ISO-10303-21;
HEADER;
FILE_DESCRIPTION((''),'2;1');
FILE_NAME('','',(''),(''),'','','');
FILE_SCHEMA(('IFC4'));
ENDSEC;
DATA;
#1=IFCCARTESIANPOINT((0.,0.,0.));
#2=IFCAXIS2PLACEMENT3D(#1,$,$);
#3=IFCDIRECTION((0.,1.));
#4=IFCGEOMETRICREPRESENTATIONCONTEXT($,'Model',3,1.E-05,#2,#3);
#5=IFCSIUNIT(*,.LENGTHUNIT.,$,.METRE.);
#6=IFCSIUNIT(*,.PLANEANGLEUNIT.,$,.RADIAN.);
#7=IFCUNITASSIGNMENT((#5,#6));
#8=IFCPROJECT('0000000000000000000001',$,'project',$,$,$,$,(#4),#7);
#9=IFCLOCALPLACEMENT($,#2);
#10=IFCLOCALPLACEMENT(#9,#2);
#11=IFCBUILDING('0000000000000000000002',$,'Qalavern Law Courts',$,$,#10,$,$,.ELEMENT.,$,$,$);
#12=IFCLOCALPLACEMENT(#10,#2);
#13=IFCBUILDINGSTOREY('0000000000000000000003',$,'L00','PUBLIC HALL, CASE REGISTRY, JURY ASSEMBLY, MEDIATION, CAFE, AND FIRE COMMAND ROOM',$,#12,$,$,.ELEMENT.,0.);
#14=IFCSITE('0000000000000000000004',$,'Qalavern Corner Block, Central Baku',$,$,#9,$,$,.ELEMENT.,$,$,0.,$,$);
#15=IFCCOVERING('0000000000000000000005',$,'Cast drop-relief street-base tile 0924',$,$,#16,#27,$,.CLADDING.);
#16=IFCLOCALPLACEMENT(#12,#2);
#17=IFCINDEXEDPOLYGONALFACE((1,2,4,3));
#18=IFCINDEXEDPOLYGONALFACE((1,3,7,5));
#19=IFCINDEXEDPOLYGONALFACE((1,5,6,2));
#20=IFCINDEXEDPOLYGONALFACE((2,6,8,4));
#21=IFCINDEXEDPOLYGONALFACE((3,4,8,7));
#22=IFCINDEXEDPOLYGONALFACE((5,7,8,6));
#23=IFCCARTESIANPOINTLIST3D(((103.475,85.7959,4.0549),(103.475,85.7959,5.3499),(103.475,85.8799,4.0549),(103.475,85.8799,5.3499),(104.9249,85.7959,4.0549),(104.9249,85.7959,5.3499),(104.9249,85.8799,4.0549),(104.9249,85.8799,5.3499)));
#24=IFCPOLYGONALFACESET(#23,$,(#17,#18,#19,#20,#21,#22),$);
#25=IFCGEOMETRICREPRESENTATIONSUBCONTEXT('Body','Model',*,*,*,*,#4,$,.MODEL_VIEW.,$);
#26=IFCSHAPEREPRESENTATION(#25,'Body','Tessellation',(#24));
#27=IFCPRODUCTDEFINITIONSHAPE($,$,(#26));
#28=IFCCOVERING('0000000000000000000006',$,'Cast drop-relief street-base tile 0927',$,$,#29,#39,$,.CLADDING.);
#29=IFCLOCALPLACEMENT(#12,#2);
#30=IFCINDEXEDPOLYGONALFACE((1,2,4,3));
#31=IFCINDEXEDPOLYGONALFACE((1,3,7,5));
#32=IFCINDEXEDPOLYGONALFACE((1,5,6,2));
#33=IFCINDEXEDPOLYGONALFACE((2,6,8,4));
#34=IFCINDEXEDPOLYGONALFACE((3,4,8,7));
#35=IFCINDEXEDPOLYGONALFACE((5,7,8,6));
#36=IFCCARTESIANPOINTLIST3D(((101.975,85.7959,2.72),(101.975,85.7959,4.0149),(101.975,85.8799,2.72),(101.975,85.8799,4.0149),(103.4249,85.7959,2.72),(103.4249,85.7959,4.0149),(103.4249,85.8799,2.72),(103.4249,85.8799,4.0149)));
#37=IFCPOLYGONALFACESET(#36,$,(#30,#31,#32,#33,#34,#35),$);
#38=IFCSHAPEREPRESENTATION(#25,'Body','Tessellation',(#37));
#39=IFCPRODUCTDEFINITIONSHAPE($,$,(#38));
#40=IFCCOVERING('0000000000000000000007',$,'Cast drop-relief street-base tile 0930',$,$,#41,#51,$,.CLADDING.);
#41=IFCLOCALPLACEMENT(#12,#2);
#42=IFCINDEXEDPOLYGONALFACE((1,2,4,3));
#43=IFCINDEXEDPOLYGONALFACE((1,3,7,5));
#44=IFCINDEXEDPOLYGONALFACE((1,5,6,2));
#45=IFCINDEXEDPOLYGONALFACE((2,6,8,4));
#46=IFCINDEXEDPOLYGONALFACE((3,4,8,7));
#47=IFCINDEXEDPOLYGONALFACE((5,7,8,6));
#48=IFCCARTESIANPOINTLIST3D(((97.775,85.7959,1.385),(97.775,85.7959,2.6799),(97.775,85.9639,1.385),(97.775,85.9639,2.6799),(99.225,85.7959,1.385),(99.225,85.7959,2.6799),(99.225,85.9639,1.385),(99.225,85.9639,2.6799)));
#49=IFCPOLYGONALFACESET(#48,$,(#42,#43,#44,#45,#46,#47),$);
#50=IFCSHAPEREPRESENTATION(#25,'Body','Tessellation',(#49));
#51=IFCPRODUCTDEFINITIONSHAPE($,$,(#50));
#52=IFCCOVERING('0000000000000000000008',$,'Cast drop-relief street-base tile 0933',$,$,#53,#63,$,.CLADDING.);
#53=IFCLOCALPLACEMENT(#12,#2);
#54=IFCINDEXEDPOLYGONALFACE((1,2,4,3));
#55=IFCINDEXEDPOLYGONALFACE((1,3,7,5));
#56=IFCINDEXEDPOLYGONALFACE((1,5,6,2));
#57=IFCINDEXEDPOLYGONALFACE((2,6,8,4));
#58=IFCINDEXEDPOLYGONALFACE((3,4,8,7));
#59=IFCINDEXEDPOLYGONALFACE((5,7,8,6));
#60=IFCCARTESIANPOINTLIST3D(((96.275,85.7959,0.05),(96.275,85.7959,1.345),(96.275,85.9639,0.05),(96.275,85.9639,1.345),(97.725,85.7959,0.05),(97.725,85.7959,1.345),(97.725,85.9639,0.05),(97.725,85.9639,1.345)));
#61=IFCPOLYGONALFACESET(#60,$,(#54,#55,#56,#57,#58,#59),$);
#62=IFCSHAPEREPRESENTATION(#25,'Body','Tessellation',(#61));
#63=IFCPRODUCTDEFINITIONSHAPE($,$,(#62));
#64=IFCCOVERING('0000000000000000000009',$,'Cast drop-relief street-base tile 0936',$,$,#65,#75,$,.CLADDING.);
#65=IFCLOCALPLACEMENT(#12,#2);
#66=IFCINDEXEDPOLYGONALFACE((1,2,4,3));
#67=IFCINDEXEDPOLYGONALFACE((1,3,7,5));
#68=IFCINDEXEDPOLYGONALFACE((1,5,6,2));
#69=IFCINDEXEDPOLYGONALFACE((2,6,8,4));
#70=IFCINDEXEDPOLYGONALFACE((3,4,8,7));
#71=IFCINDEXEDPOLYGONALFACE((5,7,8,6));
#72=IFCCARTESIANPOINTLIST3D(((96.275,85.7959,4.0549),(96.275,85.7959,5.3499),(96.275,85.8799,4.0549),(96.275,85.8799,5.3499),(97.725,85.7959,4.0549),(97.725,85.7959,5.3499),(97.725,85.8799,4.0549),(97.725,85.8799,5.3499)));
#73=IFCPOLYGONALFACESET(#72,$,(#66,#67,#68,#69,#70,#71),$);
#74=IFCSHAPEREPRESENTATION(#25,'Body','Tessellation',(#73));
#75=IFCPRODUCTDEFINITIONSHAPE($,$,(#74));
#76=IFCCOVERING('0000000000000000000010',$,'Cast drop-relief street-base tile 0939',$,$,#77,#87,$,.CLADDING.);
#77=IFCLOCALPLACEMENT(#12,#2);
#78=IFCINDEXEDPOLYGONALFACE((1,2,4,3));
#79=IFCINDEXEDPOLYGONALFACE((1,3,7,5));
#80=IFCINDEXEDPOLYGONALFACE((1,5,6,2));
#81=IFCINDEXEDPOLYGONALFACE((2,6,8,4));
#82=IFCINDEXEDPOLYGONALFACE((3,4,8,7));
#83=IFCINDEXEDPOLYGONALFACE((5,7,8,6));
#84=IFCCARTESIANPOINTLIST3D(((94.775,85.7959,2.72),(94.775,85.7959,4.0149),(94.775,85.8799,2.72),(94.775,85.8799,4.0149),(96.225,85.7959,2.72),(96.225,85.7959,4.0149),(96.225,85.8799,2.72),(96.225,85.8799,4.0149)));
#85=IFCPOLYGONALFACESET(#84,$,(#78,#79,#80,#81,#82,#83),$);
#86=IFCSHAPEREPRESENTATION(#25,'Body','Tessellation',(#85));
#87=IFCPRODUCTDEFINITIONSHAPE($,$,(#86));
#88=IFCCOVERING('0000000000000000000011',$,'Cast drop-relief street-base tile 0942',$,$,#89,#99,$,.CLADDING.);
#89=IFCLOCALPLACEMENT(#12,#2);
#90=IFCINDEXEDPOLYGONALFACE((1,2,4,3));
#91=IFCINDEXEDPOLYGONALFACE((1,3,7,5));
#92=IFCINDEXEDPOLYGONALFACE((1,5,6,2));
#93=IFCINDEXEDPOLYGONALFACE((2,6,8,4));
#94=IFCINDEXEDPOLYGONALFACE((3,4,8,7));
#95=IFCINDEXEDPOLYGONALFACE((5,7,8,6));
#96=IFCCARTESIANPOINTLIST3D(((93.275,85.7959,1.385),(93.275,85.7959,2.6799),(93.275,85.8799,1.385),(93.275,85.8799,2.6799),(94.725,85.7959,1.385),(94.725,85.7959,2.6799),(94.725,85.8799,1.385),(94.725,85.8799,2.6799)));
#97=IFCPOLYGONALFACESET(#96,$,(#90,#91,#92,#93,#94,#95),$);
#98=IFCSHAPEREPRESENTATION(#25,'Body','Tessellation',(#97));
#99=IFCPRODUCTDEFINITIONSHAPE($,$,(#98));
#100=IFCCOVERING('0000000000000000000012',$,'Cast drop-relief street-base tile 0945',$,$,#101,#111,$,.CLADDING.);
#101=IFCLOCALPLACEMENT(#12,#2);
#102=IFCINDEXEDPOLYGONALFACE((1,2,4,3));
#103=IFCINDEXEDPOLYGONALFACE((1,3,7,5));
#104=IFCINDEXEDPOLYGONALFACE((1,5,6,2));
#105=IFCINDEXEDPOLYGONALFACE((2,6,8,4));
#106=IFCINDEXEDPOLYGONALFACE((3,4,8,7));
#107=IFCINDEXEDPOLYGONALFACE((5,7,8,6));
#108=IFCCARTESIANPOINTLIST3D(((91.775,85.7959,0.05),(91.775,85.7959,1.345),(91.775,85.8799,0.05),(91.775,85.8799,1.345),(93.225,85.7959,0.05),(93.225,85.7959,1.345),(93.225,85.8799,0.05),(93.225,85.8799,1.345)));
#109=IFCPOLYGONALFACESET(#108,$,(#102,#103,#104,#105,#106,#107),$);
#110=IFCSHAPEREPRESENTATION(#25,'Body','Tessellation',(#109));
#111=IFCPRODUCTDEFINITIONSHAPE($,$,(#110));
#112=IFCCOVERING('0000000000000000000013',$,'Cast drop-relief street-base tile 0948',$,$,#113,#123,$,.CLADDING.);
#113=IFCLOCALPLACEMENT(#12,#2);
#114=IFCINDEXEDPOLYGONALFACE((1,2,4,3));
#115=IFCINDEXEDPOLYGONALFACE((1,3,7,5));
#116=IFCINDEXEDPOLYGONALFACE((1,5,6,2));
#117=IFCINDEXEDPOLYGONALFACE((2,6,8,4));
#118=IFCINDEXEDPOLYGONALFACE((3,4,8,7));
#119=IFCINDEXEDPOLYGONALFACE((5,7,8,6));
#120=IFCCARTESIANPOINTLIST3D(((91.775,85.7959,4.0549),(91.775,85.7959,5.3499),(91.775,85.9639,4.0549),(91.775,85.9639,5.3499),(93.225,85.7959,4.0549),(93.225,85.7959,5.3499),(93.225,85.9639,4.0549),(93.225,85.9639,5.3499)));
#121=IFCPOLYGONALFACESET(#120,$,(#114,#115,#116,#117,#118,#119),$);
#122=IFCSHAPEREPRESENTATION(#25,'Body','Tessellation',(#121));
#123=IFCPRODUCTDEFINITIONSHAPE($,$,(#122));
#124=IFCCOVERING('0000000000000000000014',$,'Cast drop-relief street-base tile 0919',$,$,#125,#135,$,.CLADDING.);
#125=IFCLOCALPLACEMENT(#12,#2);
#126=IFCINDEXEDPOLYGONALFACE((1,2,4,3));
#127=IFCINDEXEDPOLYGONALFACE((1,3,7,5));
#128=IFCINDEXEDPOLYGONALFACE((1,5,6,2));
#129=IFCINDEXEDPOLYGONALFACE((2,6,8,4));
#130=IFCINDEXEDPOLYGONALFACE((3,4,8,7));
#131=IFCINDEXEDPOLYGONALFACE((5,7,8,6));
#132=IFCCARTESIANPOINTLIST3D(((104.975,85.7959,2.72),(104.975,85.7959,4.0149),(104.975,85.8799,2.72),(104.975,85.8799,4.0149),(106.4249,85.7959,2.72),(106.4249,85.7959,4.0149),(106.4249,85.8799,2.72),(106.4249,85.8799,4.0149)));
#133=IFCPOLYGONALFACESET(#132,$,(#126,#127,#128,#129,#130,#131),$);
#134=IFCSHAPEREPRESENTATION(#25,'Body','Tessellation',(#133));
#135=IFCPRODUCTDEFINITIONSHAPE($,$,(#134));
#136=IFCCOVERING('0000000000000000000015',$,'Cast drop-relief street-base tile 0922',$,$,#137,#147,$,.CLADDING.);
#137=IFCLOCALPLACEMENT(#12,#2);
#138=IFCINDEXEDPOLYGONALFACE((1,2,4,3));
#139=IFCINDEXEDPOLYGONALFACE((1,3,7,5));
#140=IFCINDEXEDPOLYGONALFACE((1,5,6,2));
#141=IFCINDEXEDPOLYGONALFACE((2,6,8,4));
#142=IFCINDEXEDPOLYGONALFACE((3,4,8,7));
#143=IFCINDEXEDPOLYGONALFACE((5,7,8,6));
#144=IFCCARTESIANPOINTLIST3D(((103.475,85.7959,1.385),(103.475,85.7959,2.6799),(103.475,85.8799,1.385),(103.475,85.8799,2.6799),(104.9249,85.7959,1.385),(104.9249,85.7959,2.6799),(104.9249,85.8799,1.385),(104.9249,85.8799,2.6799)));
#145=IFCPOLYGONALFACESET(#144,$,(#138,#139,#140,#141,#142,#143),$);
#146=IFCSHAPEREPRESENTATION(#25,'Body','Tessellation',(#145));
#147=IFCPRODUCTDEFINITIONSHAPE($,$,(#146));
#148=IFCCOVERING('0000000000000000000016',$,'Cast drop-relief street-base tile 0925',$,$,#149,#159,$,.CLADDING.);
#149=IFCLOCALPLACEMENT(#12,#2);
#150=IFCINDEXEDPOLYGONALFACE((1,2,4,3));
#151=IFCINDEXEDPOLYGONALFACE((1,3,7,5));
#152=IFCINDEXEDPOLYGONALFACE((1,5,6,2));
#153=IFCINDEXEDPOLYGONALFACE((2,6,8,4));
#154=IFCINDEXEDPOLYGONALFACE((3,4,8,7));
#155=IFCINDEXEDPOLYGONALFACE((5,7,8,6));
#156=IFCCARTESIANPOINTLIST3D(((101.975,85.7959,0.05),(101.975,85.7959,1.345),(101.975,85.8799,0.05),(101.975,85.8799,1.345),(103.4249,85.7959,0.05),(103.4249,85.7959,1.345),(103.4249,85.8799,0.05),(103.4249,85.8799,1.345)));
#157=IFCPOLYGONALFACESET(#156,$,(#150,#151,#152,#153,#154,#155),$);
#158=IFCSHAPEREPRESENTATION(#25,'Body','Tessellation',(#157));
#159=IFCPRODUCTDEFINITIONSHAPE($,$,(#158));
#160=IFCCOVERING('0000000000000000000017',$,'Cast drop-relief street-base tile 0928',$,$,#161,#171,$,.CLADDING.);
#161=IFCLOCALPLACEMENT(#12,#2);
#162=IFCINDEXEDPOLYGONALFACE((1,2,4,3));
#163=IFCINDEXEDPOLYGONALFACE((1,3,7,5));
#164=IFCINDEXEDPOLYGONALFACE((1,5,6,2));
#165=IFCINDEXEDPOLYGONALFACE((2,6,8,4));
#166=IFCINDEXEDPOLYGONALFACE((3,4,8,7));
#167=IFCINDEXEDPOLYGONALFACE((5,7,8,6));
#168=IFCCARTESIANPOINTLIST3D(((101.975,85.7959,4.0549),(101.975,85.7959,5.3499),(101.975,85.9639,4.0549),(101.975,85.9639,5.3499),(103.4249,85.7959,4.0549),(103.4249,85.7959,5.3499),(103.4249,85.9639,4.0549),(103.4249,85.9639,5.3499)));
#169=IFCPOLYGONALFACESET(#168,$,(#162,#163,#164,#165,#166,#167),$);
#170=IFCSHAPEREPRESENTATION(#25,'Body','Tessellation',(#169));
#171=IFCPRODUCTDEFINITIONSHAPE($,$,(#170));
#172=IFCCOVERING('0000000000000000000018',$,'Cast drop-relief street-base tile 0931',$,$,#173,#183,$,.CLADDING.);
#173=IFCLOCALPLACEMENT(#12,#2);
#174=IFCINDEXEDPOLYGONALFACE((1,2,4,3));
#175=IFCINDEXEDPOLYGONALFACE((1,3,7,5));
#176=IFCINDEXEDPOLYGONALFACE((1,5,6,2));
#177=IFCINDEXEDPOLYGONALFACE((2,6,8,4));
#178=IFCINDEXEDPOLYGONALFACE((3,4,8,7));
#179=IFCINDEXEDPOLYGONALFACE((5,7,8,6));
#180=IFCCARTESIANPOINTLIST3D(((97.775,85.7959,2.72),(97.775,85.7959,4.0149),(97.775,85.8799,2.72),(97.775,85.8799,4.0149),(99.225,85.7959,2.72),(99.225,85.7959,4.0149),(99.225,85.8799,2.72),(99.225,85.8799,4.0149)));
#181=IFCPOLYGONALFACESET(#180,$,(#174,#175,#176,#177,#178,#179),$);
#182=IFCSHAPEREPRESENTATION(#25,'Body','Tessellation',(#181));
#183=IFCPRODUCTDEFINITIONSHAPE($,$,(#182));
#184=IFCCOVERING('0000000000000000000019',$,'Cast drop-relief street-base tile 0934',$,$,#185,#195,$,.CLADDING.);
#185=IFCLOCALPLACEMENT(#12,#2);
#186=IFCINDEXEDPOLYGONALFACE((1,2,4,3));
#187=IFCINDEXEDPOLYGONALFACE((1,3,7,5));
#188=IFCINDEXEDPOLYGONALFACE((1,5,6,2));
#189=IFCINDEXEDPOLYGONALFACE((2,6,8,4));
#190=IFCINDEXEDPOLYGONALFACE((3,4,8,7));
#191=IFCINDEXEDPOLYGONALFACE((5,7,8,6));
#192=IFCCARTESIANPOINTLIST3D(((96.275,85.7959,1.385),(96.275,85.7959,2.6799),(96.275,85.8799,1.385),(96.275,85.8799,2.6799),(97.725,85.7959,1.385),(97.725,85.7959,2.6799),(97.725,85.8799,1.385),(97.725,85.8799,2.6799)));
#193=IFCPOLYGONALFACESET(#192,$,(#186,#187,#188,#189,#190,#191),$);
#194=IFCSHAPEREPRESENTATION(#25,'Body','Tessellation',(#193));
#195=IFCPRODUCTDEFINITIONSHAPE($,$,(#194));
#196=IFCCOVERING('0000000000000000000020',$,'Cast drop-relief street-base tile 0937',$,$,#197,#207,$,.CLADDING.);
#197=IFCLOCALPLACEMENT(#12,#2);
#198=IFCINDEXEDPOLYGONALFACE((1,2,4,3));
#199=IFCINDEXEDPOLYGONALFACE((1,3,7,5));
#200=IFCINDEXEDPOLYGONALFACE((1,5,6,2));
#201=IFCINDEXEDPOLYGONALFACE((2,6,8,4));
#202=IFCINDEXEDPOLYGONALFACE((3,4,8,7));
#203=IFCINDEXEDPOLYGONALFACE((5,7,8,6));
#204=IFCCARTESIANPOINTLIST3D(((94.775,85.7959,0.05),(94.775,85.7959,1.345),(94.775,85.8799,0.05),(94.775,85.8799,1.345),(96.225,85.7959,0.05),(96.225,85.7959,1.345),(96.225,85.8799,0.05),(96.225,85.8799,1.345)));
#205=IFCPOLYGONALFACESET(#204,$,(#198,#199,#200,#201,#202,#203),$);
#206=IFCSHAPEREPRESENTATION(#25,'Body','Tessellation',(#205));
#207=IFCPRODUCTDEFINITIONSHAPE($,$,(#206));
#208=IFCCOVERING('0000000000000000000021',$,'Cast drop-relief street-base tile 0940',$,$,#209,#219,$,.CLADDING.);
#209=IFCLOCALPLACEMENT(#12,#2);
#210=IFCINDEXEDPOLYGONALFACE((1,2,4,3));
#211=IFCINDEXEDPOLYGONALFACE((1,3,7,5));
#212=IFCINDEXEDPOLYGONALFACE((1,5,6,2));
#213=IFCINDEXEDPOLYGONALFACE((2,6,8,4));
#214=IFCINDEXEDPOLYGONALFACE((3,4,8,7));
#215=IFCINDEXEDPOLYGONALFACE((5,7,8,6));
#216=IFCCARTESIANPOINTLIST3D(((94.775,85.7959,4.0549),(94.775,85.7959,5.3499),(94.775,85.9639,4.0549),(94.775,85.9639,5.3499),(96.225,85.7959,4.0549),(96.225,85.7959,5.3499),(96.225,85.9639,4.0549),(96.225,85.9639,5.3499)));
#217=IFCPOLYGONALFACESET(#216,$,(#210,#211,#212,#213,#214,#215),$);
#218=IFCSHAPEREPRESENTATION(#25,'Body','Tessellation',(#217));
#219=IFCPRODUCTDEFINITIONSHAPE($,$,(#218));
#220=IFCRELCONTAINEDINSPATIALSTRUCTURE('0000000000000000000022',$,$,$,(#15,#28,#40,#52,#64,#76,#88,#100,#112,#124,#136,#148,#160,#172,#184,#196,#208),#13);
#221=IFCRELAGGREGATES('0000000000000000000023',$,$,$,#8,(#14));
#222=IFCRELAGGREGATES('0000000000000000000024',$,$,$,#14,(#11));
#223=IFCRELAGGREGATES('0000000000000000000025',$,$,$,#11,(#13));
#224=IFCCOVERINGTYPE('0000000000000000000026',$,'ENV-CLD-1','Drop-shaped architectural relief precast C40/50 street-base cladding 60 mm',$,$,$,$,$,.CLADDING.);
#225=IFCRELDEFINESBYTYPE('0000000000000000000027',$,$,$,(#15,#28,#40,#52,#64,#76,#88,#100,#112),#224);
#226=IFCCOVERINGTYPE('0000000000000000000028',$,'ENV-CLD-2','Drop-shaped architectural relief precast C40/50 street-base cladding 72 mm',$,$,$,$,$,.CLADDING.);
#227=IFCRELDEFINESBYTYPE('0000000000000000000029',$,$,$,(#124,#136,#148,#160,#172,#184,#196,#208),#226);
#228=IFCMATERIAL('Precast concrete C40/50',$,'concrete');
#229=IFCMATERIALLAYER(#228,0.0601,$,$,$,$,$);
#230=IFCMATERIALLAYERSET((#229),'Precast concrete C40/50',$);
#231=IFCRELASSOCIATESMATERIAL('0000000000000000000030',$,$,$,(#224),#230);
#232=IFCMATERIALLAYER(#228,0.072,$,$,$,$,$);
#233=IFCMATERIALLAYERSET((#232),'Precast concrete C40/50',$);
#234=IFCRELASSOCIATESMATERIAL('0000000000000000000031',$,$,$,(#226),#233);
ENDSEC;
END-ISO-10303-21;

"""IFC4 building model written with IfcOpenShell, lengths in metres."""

from ifc_helpers import new_model, si_unit, direction, frame, origin, origin_2d, place, context, subcontext, project, spatial, rectangle, extrude, material, layer, layer_set, type_object, element, save


model = new_model("IFC4")

# Units and contexts
model_context = context("Model", 3, precision=1e-05, world=origin(), true_north=direction((0.0, 1.0)))
body_context = subcontext(model_context, "Body", "Model", "MODEL_VIEW")
ifc_project = project(units=[si_unit("LENGTHUNIT", "METRE"), si_unit("PLANEANGLEUNIT", "RADIAN")], contexts=[model_context])

# Site, building, storey
site_placement = place(None, origin())
site = spatial("IfcSite", under=ifc_project, at=site_placement, Name="Qalavern Corner Block, Central Baku", CompositionType="ELEMENT", RefElevation=0.0)
building_placement = place(site_placement, origin())
building = spatial("IfcBuilding", under=site, at=building_placement, Name="Qalavern Law Courts", CompositionType="ELEMENT")
storey_placement = place(building_placement, origin())
storey = spatial("IfcBuildingStorey", under=building, at=storey_placement, Name="L00", Description="PUBLIC HALL, CASE REGISTRY, JURY ASSEMBLY, MEDIATION, CAFE, AND FIRE COMMAND ROOM", CompositionType="ELEMENT", Elevation=0.0)

# Coverings
ifc_material_1 = material(Name="Precast concrete C40/50", Category="concrete")
ifc_layer_1 = layer(ifc_material_1, 0.0601)
ifc_layer_set_1 = layer_set([ifc_layer_1], Name="Precast concrete C40/50")
covering_type_1 = type_object("IfcCoveringType", Name="ENV-CLD-1", Description="Drop-shaped architectural relief precast C40/50 street-base cladding 60 mm", PredefinedType="CLADDING", material=ifc_layer_set_1)
for number, where, z_axis, x_axis, name in (
    (1, (104.2, 85.8379, 4.0549), (0.0, 0.0, 1.0), (-1.0, 0.0, 0.0), "Cast drop-relief street-base tile 0924"),
    (2, (102.7, 85.8379, 2.72), (0.0, 0.0, 1.0), (-1.0, 0.0, 0.0), "Cast drop-relief street-base tile 0927"),
):
    element("IfcCovering", number, at=place(storey_placement, frame(where, z_axis=z_axis, x_axis=x_axis)), inside=storey, type_object=covering_type_1, Name=name, PredefinedType="CLADDING", context=body_context, shape_type="SweptSolid", body=[
        extrude(rectangle(XDim=1.45, YDim=0.084, at=origin_2d()), origin(), (0.0, 0.0, 1.0), 1.2949),
    ])
for number, where, z_axis, x_axis, name in (
    (3, (98.5, 85.8799, 1.385), (0.0, 0.0, 1.0), (-1.0, 0.0, 0.0), "Cast drop-relief street-base tile 0930"),
    (4, (97.0, 85.8799, 0.05), (0.0, 0.0, 1.0), (-1.0, 0.0, 0.0), "Cast drop-relief street-base tile 0933"),
):
    element("IfcCovering", number, at=place(storey_placement, frame(where, z_axis=z_axis, x_axis=x_axis)), inside=storey, type_object=covering_type_1, Name=name, PredefinedType="CLADDING", context=body_context, shape_type="SweptSolid", body=[
        extrude(rectangle(XDim=1.45, YDim=0.168, at=origin_2d()), origin(), (0.0, 0.0, 1.0), 1.2949),
    ])
for number, where, z_axis, x_axis, name in (
    (5, (97.0, 85.8379, 4.0549), (0.0, 0.0, 1.0), (-1.0, 0.0, 0.0), "Cast drop-relief street-base tile 0936"),
    (6, (95.5, 85.8379, 2.72), (0.0, 0.0, 1.0), (-1.0, 0.0, 0.0), "Cast drop-relief street-base tile 0939"),
    (7, (94.0, 85.8379, 1.385), (0.0, 0.0, 1.0), (-1.0, 0.0, 0.0), "Cast drop-relief street-base tile 0942"),
    (8, (92.5, 85.8379, 0.05), (0.0, 0.0, 1.0), (-1.0, 0.0, 0.0), "Cast drop-relief street-base tile 0945"),
):
    element("IfcCovering", number, at=place(storey_placement, frame(where, z_axis=z_axis, x_axis=x_axis)), inside=storey, type_object=covering_type_1, Name=name, PredefinedType="CLADDING", context=body_context, shape_type="SweptSolid", body=[
        extrude(rectangle(XDim=1.45, YDim=0.084, at=origin_2d()), origin(), (0.0, 0.0, 1.0), 1.2949),
    ])
covering_1_placement = place(storey_placement, frame((92.5, 85.8799, 4.0549), z_axis=(0.0, 0.0, 1.0), x_axis=(-1.0, 0.0, 0.0)))
element("IfcCovering", 9, at=covering_1_placement, inside=storey, type_object=covering_type_1, Name="Cast drop-relief street-base tile 0948", PredefinedType="CLADDING", context=body_context, shape_type="SweptSolid", body=[
    extrude(rectangle(XDim=1.45, YDim=0.168, at=origin_2d()), origin(), (0.0, 0.0, 1.0), 1.2949),
])
ifc_layer_2 = layer(ifc_material_1, 0.072)
ifc_layer_set_2 = layer_set([ifc_layer_2], Name="Precast concrete C40/50")
covering_type_2 = type_object("IfcCoveringType", Name="ENV-CLD-2", Description="Drop-shaped architectural relief precast C40/50 street-base cladding 72 mm", PredefinedType="CLADDING", material=ifc_layer_set_2)
for number, where, z_axis, x_axis, name in (
    (10, (105.7, 85.8379, 2.72), (0.0, 0.0, 1.0), (-1.0, 0.0, 0.0), "Cast drop-relief street-base tile 0919"),
    (11, (104.2, 85.8379, 1.385), (0.0, 0.0, 1.0), (-1.0, 0.0, 0.0), "Cast drop-relief street-base tile 0922"),
    (12, (102.7, 85.8379, 0.05), (0.0, 0.0, 1.0), (-1.0, 0.0, 0.0), "Cast drop-relief street-base tile 0925"),
):
    element("IfcCovering", number, at=place(storey_placement, frame(where, z_axis=z_axis, x_axis=x_axis)), inside=storey, type_object=covering_type_2, Name=name, PredefinedType="CLADDING", context=body_context, shape_type="SweptSolid", body=[
        extrude(rectangle(XDim=1.45, YDim=0.084, at=origin_2d()), origin(), (0.0, 0.0, 1.0), 1.2949),
    ])
covering_2_placement = place(storey_placement, frame((102.7, 85.8799, 4.0549), z_axis=(0.0, 0.0, 1.0), x_axis=(-1.0, 0.0, 0.0)))
element("IfcCovering", 13, at=covering_2_placement, inside=storey, type_object=covering_type_2, Name="Cast drop-relief street-base tile 0928", PredefinedType="CLADDING", context=body_context, shape_type="SweptSolid", body=[
    extrude(rectangle(XDim=1.45, YDim=0.168, at=origin_2d()), origin(), (0.0, 0.0, 1.0), 1.2949),
])
for number, where, z_axis, x_axis, name in (
    (14, (98.5, 85.8379, 2.72), (0.0, 0.0, 1.0), (-1.0, 0.0, 0.0), "Cast drop-relief street-base tile 0931"),
    (15, (97.0, 85.8379, 1.385), (0.0, 0.0, 1.0), (-1.0, 0.0, 0.0), "Cast drop-relief street-base tile 0934"),
    (16, (95.5, 85.8379, 0.05), (0.0, 0.0, 1.0), (-1.0, 0.0, 0.0), "Cast drop-relief street-base tile 0937"),
):
    element("IfcCovering", number, at=place(storey_placement, frame(where, z_axis=z_axis, x_axis=x_axis)), inside=storey, type_object=covering_type_2, Name=name, PredefinedType="CLADDING", context=body_context, shape_type="SweptSolid", body=[
        extrude(rectangle(XDim=1.45, YDim=0.084, at=origin_2d()), origin(), (0.0, 0.0, 1.0), 1.2949),
    ])
for number, where, z_axis, x_axis, name in (
    (17, (95.5, 85.8799, 4.0549), (0.0, 0.0, 1.0), (-1.0, 0.0, 0.0), "Cast drop-relief street-base tile 0940"),
):
    element("IfcCovering", number, at=place(storey_placement, frame(where, z_axis=z_axis, x_axis=x_axis)), inside=storey, type_object=covering_type_2, Name=name, PredefinedType="CLADDING", context=body_context, shape_type="SweptSolid", body=[
        extrude(rectangle(XDim=1.45, YDim=0.168, at=origin_2d()), origin(), (0.0, 0.0, 1.0), 1.2949),
    ])

save(model, "model.ifc")
